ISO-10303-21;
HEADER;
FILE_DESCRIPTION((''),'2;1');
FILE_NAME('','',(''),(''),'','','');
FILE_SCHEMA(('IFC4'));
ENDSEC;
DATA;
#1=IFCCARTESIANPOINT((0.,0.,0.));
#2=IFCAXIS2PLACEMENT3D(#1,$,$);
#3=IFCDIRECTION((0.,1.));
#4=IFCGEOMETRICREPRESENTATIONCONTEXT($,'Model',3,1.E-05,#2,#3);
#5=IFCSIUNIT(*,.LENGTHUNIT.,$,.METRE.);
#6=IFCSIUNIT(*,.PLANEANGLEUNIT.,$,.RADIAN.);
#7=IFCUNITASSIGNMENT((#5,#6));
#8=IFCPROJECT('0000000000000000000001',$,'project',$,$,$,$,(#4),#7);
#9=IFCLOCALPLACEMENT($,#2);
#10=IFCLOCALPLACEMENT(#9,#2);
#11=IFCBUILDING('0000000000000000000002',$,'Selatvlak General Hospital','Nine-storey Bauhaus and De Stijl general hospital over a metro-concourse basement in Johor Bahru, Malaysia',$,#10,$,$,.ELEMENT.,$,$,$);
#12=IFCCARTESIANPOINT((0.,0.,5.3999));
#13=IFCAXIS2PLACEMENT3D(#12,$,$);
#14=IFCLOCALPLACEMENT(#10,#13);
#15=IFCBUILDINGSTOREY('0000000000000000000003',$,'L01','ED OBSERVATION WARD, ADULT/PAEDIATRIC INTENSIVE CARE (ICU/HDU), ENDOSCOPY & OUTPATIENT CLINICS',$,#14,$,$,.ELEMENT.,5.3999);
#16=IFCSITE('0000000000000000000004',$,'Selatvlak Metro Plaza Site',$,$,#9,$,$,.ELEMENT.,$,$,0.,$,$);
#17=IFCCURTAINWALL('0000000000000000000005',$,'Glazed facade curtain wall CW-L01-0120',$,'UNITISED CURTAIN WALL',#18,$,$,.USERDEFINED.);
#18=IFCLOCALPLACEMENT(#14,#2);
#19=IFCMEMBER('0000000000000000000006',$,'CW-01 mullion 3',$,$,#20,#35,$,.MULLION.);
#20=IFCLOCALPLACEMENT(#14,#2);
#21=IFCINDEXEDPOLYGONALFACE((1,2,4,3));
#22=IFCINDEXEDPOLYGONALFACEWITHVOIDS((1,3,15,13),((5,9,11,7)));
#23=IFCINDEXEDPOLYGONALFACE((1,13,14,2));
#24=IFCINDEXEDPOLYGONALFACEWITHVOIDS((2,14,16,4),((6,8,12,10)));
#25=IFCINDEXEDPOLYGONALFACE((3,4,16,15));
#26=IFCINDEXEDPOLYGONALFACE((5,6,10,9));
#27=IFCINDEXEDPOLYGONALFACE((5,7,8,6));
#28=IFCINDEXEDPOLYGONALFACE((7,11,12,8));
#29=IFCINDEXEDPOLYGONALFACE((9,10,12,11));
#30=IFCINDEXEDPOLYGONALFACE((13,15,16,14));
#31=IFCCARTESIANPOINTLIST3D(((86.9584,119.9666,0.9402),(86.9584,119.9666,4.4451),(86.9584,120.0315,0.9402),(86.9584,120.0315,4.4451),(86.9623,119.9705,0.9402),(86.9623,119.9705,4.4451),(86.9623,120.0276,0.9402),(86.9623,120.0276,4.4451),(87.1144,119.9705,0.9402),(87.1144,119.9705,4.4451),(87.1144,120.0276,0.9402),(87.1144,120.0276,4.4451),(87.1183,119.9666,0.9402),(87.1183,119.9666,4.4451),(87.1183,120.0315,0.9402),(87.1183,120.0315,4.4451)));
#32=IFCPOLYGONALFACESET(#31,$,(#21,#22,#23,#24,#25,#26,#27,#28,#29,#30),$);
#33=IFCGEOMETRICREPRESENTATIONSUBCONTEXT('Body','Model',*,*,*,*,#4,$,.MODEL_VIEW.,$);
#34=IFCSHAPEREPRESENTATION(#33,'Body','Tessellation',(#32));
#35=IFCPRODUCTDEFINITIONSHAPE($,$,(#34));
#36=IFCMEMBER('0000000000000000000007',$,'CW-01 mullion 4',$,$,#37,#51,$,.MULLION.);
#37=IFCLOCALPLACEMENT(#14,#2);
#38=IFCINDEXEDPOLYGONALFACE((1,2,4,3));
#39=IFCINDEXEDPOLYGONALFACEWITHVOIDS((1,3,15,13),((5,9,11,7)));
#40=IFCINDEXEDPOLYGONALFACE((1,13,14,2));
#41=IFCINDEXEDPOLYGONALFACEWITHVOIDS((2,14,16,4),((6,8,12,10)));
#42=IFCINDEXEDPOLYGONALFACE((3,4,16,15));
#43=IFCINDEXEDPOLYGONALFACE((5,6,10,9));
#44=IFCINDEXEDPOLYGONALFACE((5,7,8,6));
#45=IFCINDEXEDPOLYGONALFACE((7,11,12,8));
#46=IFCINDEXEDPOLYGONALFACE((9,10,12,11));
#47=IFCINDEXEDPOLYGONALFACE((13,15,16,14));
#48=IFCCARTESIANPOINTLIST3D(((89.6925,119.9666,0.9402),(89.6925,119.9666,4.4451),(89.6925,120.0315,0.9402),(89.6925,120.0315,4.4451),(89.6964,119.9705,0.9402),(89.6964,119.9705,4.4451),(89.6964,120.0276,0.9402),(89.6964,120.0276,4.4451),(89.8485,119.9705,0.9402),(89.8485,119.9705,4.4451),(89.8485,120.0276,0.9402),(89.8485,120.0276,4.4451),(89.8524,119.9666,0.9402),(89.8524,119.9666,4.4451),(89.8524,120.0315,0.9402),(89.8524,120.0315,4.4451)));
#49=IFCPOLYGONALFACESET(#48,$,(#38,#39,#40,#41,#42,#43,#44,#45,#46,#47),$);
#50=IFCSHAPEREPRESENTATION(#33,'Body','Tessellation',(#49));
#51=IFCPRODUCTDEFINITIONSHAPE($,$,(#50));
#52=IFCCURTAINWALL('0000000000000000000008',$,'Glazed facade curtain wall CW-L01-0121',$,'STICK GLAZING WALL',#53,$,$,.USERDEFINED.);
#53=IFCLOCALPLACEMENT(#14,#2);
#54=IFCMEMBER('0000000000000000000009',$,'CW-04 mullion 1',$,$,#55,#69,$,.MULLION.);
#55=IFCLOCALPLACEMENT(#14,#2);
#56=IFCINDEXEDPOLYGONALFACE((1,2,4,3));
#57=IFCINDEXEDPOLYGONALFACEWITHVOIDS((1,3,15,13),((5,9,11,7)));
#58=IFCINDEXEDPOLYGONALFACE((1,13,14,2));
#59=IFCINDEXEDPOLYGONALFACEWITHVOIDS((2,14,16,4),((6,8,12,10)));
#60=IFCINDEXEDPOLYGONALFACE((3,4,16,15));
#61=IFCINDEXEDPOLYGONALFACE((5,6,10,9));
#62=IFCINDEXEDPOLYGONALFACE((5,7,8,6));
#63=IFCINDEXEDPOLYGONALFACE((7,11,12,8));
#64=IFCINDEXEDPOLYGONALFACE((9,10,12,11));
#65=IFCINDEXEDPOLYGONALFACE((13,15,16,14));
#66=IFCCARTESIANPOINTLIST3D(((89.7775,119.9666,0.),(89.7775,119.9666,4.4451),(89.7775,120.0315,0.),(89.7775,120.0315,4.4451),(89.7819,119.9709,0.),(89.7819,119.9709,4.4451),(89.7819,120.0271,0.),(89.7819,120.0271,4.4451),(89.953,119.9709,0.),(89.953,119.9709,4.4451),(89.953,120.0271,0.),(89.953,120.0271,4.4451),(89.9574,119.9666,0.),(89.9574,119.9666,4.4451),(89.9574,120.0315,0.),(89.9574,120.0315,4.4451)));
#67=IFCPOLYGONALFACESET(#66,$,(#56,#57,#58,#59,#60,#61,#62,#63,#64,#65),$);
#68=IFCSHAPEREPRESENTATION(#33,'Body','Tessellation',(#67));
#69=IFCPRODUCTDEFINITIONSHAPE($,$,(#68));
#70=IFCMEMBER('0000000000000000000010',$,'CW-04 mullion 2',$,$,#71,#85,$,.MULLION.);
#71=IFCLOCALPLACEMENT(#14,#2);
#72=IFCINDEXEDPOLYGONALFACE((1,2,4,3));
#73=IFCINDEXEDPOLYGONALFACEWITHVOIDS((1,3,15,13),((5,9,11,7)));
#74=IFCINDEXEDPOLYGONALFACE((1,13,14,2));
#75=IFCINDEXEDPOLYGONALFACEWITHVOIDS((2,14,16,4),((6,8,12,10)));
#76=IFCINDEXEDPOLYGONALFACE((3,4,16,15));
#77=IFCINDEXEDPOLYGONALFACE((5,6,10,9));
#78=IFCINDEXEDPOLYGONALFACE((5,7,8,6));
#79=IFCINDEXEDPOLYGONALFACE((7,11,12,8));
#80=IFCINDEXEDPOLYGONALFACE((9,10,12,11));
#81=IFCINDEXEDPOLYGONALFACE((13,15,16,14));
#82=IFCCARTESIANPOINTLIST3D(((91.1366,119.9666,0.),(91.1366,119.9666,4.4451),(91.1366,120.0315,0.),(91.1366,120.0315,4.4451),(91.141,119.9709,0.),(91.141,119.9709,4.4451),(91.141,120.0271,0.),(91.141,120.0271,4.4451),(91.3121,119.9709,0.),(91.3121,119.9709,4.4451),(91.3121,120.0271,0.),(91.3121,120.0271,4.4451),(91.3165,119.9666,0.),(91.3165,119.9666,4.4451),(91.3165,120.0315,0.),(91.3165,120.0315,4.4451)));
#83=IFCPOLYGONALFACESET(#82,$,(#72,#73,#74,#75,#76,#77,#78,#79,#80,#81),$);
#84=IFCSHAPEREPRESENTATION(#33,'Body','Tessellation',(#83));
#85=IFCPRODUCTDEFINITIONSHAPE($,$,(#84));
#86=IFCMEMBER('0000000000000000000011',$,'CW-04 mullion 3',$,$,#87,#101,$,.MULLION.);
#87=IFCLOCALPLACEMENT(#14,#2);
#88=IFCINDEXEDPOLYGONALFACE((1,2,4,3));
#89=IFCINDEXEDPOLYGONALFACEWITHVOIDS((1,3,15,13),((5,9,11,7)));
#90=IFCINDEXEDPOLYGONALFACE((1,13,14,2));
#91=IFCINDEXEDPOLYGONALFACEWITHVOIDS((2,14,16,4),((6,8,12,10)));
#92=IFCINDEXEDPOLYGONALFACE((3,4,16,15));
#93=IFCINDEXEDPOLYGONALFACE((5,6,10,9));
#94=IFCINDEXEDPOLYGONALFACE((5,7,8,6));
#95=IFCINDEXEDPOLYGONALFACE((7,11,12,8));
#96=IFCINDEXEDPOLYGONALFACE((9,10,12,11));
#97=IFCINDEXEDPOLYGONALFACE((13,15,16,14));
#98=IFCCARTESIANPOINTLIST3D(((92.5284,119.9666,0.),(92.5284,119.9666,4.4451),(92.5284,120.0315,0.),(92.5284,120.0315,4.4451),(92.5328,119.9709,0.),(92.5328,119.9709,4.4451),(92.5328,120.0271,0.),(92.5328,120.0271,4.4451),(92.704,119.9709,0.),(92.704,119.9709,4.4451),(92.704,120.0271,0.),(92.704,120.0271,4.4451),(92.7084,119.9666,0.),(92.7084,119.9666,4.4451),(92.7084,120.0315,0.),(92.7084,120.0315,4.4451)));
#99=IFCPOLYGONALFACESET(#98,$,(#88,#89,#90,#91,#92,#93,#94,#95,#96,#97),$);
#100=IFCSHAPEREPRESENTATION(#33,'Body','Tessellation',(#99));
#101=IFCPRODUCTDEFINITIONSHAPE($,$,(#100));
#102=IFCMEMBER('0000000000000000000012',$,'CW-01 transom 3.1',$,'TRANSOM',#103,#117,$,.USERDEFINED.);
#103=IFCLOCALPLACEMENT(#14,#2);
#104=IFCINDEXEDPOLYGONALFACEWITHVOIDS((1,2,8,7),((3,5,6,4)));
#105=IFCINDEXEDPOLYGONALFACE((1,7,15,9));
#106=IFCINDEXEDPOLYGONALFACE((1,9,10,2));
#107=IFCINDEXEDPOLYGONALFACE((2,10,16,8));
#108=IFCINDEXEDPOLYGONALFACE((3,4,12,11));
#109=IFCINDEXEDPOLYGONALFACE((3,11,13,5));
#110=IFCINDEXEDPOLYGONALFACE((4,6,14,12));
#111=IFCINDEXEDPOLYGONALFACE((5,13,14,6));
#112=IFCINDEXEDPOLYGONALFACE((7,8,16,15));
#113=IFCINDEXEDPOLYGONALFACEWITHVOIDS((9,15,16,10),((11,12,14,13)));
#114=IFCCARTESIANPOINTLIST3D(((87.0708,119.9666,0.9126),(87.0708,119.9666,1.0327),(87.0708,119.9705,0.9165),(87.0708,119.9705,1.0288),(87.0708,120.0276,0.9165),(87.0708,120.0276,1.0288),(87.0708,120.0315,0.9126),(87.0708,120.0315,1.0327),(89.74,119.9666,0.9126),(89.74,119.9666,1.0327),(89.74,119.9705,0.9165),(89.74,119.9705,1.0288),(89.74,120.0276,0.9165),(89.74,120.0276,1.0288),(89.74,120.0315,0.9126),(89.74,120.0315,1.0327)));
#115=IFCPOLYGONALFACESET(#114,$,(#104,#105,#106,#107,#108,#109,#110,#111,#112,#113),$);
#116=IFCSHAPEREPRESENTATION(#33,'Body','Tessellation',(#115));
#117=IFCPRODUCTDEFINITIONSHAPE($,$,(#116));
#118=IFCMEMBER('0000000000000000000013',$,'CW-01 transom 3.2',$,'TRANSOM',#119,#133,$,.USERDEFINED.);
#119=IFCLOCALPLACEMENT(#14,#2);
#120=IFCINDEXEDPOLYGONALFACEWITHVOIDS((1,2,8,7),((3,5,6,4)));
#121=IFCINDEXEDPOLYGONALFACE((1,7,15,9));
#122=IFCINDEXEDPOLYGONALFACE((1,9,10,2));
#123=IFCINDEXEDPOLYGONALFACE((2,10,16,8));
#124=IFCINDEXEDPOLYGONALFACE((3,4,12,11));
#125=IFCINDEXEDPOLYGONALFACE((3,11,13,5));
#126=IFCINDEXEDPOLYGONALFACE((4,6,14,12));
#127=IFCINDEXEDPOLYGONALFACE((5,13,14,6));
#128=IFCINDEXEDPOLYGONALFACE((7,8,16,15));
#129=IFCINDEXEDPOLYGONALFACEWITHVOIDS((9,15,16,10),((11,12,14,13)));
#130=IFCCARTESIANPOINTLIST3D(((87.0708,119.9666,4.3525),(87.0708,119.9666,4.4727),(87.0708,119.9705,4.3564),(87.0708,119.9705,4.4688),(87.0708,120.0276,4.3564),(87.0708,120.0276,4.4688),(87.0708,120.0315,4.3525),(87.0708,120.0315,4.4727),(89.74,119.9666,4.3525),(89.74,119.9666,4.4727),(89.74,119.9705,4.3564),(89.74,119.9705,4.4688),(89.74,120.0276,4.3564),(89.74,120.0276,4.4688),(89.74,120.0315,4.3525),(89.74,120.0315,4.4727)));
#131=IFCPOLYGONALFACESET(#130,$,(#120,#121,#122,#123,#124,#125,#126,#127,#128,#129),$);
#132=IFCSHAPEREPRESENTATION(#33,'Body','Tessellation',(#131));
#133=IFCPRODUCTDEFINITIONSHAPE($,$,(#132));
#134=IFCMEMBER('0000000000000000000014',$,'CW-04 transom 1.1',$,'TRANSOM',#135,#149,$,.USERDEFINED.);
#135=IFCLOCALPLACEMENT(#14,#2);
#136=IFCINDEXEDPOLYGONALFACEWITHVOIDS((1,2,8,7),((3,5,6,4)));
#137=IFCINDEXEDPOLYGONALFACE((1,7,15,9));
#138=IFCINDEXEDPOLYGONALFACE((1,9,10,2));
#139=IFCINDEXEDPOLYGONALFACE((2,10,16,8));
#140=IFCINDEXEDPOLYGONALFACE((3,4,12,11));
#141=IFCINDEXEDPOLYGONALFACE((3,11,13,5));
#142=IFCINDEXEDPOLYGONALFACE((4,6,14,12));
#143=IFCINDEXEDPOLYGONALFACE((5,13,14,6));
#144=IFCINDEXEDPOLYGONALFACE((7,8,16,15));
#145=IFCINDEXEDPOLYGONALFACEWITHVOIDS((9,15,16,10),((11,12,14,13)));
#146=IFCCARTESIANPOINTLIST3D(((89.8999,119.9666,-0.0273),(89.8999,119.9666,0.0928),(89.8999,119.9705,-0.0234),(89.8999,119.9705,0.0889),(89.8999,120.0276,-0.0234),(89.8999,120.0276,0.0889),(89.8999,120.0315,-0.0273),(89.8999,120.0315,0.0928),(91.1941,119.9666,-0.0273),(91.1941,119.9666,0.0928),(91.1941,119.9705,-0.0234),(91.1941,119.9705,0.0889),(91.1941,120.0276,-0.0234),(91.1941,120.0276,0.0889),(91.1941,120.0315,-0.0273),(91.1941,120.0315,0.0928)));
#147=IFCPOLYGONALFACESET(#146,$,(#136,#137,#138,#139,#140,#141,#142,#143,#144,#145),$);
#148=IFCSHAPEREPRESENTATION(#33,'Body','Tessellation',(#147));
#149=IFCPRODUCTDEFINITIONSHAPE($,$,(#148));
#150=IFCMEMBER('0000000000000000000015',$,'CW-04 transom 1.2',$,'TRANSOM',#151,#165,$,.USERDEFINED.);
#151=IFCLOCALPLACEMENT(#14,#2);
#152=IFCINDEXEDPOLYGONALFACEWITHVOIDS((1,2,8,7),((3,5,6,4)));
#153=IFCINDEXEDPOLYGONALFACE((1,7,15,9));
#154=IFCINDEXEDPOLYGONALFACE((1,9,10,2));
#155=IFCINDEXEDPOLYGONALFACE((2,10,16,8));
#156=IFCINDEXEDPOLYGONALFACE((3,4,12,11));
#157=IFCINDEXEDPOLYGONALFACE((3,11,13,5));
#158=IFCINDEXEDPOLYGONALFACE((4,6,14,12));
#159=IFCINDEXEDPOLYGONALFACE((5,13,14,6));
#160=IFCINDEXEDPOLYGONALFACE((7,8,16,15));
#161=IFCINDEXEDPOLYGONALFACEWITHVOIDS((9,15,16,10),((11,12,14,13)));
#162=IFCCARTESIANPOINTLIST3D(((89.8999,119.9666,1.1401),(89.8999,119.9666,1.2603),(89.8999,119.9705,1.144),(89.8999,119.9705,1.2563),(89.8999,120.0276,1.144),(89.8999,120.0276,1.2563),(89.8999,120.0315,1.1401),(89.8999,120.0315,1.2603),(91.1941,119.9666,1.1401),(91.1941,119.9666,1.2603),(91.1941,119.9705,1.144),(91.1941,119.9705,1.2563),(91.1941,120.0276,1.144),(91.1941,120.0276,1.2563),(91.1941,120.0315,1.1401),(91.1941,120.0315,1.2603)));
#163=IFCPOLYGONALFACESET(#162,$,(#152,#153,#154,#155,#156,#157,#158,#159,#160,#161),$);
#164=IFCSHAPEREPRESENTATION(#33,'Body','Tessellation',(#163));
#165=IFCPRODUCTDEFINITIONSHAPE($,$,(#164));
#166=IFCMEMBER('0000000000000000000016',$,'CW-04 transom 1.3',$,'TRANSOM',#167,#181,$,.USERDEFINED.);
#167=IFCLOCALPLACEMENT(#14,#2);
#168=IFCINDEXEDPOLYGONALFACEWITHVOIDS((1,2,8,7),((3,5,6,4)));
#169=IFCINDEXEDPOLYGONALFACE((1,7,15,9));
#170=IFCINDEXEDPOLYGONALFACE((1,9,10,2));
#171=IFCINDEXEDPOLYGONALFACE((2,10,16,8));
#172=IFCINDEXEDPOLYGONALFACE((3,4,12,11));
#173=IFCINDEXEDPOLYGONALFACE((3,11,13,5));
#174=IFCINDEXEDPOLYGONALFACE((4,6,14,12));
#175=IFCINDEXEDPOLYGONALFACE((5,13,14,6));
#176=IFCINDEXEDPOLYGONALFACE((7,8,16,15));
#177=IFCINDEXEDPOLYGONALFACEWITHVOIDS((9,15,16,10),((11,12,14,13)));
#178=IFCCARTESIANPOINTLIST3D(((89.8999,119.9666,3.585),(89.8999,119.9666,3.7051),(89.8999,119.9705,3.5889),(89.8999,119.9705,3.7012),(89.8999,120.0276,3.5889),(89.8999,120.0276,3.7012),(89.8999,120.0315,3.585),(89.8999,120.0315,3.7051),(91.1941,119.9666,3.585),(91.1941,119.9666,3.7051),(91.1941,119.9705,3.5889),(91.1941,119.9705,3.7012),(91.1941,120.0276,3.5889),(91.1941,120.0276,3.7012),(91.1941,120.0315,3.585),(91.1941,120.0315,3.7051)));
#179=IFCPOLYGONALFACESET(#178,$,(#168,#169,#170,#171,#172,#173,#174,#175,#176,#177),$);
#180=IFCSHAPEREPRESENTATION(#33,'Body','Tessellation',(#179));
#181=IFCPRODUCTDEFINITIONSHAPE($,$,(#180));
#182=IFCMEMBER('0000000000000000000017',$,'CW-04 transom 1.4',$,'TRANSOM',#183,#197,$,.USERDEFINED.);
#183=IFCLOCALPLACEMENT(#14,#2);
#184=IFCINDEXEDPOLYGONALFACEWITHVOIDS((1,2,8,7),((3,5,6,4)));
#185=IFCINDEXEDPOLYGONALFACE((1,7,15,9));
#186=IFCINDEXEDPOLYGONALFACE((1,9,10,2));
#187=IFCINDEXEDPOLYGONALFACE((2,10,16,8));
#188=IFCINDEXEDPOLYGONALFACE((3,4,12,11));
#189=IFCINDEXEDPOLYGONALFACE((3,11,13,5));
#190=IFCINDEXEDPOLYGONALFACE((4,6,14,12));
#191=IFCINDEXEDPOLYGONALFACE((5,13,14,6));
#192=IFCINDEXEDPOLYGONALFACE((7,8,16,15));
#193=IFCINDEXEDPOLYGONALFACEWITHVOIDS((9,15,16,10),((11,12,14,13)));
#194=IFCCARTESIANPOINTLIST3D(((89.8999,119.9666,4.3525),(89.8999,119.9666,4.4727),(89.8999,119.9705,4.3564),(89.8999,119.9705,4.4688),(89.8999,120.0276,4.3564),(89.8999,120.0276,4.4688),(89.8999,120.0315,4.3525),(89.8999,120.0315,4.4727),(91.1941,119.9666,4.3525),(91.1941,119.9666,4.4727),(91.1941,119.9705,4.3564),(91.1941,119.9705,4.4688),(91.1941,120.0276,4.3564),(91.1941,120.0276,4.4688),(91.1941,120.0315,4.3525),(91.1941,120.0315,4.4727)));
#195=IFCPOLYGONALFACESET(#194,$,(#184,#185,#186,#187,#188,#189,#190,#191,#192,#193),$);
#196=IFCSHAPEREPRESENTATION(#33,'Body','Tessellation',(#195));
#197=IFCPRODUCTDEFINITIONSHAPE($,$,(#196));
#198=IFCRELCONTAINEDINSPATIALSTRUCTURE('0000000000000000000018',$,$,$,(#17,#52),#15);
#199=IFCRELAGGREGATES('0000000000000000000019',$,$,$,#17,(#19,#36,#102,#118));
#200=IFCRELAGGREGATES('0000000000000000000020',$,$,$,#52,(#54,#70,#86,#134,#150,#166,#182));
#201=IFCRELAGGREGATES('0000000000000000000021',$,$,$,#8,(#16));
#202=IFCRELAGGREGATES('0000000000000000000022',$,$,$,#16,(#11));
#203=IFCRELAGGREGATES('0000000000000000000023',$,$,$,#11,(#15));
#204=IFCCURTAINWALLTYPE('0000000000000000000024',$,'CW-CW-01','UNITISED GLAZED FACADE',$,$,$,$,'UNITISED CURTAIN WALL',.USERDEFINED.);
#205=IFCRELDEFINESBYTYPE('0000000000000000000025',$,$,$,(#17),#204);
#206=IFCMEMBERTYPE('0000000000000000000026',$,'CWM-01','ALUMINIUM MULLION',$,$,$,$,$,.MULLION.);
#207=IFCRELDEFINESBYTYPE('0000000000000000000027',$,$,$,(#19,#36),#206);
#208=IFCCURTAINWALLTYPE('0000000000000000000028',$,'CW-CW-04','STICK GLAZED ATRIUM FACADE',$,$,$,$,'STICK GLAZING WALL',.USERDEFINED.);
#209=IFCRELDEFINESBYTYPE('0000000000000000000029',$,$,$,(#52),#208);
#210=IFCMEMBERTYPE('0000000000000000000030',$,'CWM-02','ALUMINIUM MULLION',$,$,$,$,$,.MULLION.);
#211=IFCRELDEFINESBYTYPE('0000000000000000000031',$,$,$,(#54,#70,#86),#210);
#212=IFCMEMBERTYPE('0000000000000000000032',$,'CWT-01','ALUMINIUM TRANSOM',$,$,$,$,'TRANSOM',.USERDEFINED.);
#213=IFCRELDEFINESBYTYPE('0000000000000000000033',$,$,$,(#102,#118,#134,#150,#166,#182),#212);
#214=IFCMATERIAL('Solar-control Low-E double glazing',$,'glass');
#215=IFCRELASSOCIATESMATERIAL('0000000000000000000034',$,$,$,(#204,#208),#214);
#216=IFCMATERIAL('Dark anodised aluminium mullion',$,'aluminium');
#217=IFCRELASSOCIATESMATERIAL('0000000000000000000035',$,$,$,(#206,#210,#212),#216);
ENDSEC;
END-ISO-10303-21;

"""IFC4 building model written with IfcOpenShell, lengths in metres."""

from ifc_helpers import new_model, si_unit, direction, frame, origin, origin_2d, place, context, subcontext, project, spatial, hollow_rectangle, extrude, material, material_profile, profile_set, type_object, element, aggregate, save


model = new_model("IFC4")

# Units and contexts
model_context = context("Model", 3, precision=1e-05, world=origin(), true_north=direction((0.0, 1.0)))
body_context = subcontext(model_context, "Body", "Model", "MODEL_VIEW")
ifc_project = project(units=[si_unit("LENGTHUNIT", "METRE"), si_unit("PLANEANGLEUNIT", "RADIAN")], contexts=[model_context])

# Site, building, storey
site_placement = place(None, origin())
site = spatial("IfcSite", under=ifc_project, at=site_placement, Name="Selatvlak Metro Plaza Site", CompositionType="ELEMENT", RefElevation=0.0)
building_placement = place(site_placement, origin())
building = spatial("IfcBuilding", under=site, at=building_placement, Name="Selatvlak General Hospital", Description="Nine-storey Bauhaus and De Stijl general hospital over a metro-concourse basement in Johor Bahru, Malaysia", CompositionType="ELEMENT")
storey_placement = place(building_placement, frame((0.0, 0.0, 5.3999)))
storey = spatial("IfcBuildingStorey", under=building, at=storey_placement, Name="L01", Description="ED OBSERVATION WARD, ADULT/PAEDIATRIC INTENSIVE CARE (ICU/HDU), ENDOSCOPY & OUTPATIENT CLINICS", CompositionType="ELEMENT", Elevation=5.3999)

# Curtain walls, members
ifc_material_1 = material(Name="Solar-control Low-E double glazing", Category="glass")
curtain_wall_type_1 = type_object("IfcCurtainWallType", Name="CW-CW-01", Description="UNITISED GLAZED FACADE", ElementType="UNITISED CURTAIN WALL", PredefinedType="USERDEFINED", material=ifc_material_1)
curtain_wall_1_placement = place(storey_placement, origin())
curtain_wall_1 = element("IfcCurtainWall", 1, at=curtain_wall_1_placement, inside=storey, type_object=curtain_wall_type_1, Name="Glazed facade curtain wall CW-L01-0120", ObjectType="UNITISED CURTAIN WALL", PredefinedType="USERDEFINED")
ifc_material_2 = material(Name="Dark anodised aluminium mullion", Category="aluminium")
ifc_material_profile_1 = material_profile(ifc_material_2, hollow_rectangle(XDim=0.0649, YDim=0.1599, WallThickness=0.0039, at=origin_2d()), Name="AL-MUL 65x160x4")
ifc_profile_set_1 = profile_set([ifc_material_profile_1], Name="Dark anodised aluminium mullion")
member_type_1 = type_object("IfcMemberType", Name="CWM-01", Description="ALUMINIUM MULLION", PredefinedType="MULLION", material=ifc_profile_set_1)
member_1_placement = place(storey_placement, frame((87.0383, 119.999, 0.9402), z_axis=(0.0, 0.0, 1.0), x_axis=(0.0, 1.0, 0.0)))
member_1 = element("IfcMember", 2, at=member_1_placement, type_object=member_type_1, Name="CW-01 mullion 3", PredefinedType="MULLION", context=body_context, shape_type="SweptSolid", body=[
    extrude(hollow_rectangle(XDim=0.0649, YDim=0.1599, WallThickness=0.0039, at=origin_2d()), origin(), (0.0, 0.0, 1.0), 3.5049),
])
member_2_placement = place(storey_placement, frame((89.7725, 119.999, 0.9402), z_axis=(0.0, 0.0, 1.0), x_axis=(0.0, 1.0, 0.0)))
member_2 = element("IfcMember", 3, at=member_2_placement, type_object=member_type_1, Name="CW-01 mullion 4", PredefinedType="MULLION", context=body_context, shape_type="SweptSolid", body=[
    extrude(hollow_rectangle(XDim=0.0649, YDim=0.1599, WallThickness=0.0039, at=origin_2d()), origin(), (0.0, 0.0, 1.0), 3.5049),
])
curtain_wall_type_2 = type_object("IfcCurtainWallType", Name="CW-CW-04", Description="STICK GLAZED ATRIUM FACADE", ElementType="STICK GLAZING WALL", PredefinedType="USERDEFINED", material=ifc_material_1)
curtain_wall_2_placement = place(storey_placement, origin())
curtain_wall_2 = element("IfcCurtainWall", 4, at=curtain_wall_2_placement, inside=storey, type_object=curtain_wall_type_2, Name="Glazed facade curtain wall CW-L01-0121", ObjectType="STICK GLAZING WALL", PredefinedType="USERDEFINED")
ifc_material_profile_2 = material_profile(ifc_material_2, hollow_rectangle(XDim=0.0649, YDim=0.1799, WallThickness=0.0044, at=origin_2d()), Name="AL-MUL 65x180x4.5")
ifc_profile_set_2 = profile_set([ifc_material_profile_2], Name="Dark anodised aluminium mullion")
member_type_2 = type_object("IfcMemberType", Name="CWM-02", Description="ALUMINIUM MULLION", PredefinedType="MULLION", material=ifc_profile_set_2)
member_3_placement = place(storey_placement, frame((89.8674, 119.999, 0.0), z_axis=(0.0, 0.0, 1.0), x_axis=(0.0, 1.0, 0.0)))
member_3 = element("IfcMember", 5, at=member_3_placement, type_object=member_type_2, Name="CW-04 mullion 1", PredefinedType="MULLION", context=body_context, shape_type="SweptSolid", body=[
    extrude(hollow_rectangle(XDim=0.0649, YDim=0.1799, WallThickness=0.0044, at=origin_2d()), origin(), (0.0, 0.0, 1.0), 4.4451),
])
member_4_placement = place(storey_placement, frame((91.2266, 119.999, 0.0), z_axis=(0.0, 0.0, 1.0), x_axis=(0.0, 1.0, 0.0)))
member_4 = element("IfcMember", 6, at=member_4_placement, type_object=member_type_2, Name="CW-04 mullion 2", PredefinedType="MULLION", context=body_context, shape_type="SweptSolid", body=[
    extrude(hollow_rectangle(XDim=0.0649, YDim=0.1799, WallThickness=0.0044, at=origin_2d()), origin(), (0.0, 0.0, 1.0), 4.4451),
])
member_5_placement = place(storey_placement, frame((92.6184, 119.999, 0.0), z_axis=(0.0, 0.0, 1.0), x_axis=(0.0, 1.0, 0.0)))
member_5 = element("IfcMember", 7, at=member_5_placement, type_object=member_type_2, Name="CW-04 mullion 3", PredefinedType="MULLION", context=body_context, shape_type="SweptSolid", body=[
    extrude(hollow_rectangle(XDim=0.0649, YDim=0.1799, WallThickness=0.0044, at=origin_2d()), origin(), (0.0, 0.0, 1.0), 4.4451),
])

# Members
ifc_material_profile_3 = material_profile(ifc_material_2, hollow_rectangle(XDim=0.0649, YDim=0.1201, WallThickness=0.0039, at=origin_2d()), Name="AL-TRN 65x120x4")
ifc_profile_set_3 = profile_set([ifc_material_profile_3], Name="Dark anodised aluminium mullion")
member_type_3 = type_object("IfcMemberType", Name="CWT-01", Description="ALUMINIUM TRANSOM", ElementType="TRANSOM", PredefinedType="USERDEFINED", material=ifc_profile_set_3)
member_6_placement = place(storey_placement, frame((87.0708, 119.999, 0.9727), z_axis=(1.0, 0.0, 0.0), x_axis=(0.0, 1.0, 0.0)))
member_6 = element("IfcMember", 8, at=member_6_placement, type_object=member_type_3, Name="CW-01 transom 3.1", ObjectType="TRANSOM", PredefinedType="USERDEFINED", context=body_context, shape_type="SweptSolid", body=[
    extrude(hollow_rectangle(XDim=0.0649, YDim=0.1201, WallThickness=0.0039, at=origin_2d()), origin(), (0.0, 0.0, 1.0), 2.6692),
])
member_7_placement = place(storey_placement, frame((87.0708, 119.999, 4.4126), z_axis=(1.0, 0.0, 0.0), x_axis=(0.0, 1.0, 0.0)))
member_7 = element("IfcMember", 9, at=member_7_placement, type_object=member_type_3, Name="CW-01 transom 3.2", ObjectType="TRANSOM", PredefinedType="USERDEFINED", context=body_context, shape_type="SweptSolid", body=[
    extrude(hollow_rectangle(XDim=0.0649, YDim=0.1201, WallThickness=0.0039, at=origin_2d()), origin(), (0.0, 0.0, 1.0), 2.6692),
])
member_8_placement = place(storey_placement, frame((89.8999, 119.999, 0.0327), z_axis=(1.0, 0.0, 0.0), x_axis=(0.0, 1.0, 0.0)))
member_8 = element("IfcMember", 10, at=member_8_placement, type_object=member_type_3, Name="CW-04 transom 1.1", ObjectType="TRANSOM", PredefinedType="USERDEFINED", context=body_context, shape_type="SweptSolid", body=[
    extrude(hollow_rectangle(XDim=0.0649, YDim=0.1201, WallThickness=0.0039, at=origin_2d()), origin(), (0.0, 0.0, 1.0), 1.2942),
])
member_9_placement = place(storey_placement, frame((89.8999, 119.999, 1.2002), z_axis=(1.0, 0.0, 0.0), x_axis=(0.0, 1.0, 0.0)))
member_9 = element("IfcMember", 11, at=member_9_placement, type_object=member_type_3, Name="CW-04 transom 1.2", ObjectType="TRANSOM", PredefinedType="USERDEFINED", context=body_context, shape_type="SweptSolid", body=[
    extrude(hollow_rectangle(XDim=0.0649, YDim=0.1201, WallThickness=0.0039, at=origin_2d()), origin(), (0.0, 0.0, 1.0), 1.2942),
])
member_10_placement = place(storey_placement, frame((89.8999, 119.999, 3.645), z_axis=(1.0, 0.0, 0.0), x_axis=(0.0, 1.0, 0.0)))
member_10 = element("IfcMember", 12, at=member_10_placement, type_object=member_type_3, Name="CW-04 transom 1.3", ObjectType="TRANSOM", PredefinedType="USERDEFINED", context=body_context, shape_type="SweptSolid", body=[
    extrude(hollow_rectangle(XDim=0.0649, YDim=0.1201, WallThickness=0.0039, at=origin_2d()), origin(), (0.0, 0.0, 1.0), 1.2942),
])
member_11_placement = place(storey_placement, frame((89.8999, 119.999, 4.4126), z_axis=(1.0, 0.0, 0.0), x_axis=(0.0, 1.0, 0.0)))
member_11 = element("IfcMember", 13, at=member_11_placement, type_object=member_type_3, Name="CW-04 transom 1.4", ObjectType="TRANSOM", PredefinedType="USERDEFINED", context=body_context, shape_type="SweptSolid", body=[
    extrude(hollow_rectangle(XDim=0.0649, YDim=0.1201, WallThickness=0.0039, at=origin_2d()), origin(), (0.0, 0.0, 1.0), 1.2942),
])

aggregate(curtain_wall_1, [member_1, member_2, member_6, member_7])
aggregate(curtain_wall_2, [member_3, member_4, member_5, member_8, member_9, member_10, member_11])

save(model, "model.ifc")
